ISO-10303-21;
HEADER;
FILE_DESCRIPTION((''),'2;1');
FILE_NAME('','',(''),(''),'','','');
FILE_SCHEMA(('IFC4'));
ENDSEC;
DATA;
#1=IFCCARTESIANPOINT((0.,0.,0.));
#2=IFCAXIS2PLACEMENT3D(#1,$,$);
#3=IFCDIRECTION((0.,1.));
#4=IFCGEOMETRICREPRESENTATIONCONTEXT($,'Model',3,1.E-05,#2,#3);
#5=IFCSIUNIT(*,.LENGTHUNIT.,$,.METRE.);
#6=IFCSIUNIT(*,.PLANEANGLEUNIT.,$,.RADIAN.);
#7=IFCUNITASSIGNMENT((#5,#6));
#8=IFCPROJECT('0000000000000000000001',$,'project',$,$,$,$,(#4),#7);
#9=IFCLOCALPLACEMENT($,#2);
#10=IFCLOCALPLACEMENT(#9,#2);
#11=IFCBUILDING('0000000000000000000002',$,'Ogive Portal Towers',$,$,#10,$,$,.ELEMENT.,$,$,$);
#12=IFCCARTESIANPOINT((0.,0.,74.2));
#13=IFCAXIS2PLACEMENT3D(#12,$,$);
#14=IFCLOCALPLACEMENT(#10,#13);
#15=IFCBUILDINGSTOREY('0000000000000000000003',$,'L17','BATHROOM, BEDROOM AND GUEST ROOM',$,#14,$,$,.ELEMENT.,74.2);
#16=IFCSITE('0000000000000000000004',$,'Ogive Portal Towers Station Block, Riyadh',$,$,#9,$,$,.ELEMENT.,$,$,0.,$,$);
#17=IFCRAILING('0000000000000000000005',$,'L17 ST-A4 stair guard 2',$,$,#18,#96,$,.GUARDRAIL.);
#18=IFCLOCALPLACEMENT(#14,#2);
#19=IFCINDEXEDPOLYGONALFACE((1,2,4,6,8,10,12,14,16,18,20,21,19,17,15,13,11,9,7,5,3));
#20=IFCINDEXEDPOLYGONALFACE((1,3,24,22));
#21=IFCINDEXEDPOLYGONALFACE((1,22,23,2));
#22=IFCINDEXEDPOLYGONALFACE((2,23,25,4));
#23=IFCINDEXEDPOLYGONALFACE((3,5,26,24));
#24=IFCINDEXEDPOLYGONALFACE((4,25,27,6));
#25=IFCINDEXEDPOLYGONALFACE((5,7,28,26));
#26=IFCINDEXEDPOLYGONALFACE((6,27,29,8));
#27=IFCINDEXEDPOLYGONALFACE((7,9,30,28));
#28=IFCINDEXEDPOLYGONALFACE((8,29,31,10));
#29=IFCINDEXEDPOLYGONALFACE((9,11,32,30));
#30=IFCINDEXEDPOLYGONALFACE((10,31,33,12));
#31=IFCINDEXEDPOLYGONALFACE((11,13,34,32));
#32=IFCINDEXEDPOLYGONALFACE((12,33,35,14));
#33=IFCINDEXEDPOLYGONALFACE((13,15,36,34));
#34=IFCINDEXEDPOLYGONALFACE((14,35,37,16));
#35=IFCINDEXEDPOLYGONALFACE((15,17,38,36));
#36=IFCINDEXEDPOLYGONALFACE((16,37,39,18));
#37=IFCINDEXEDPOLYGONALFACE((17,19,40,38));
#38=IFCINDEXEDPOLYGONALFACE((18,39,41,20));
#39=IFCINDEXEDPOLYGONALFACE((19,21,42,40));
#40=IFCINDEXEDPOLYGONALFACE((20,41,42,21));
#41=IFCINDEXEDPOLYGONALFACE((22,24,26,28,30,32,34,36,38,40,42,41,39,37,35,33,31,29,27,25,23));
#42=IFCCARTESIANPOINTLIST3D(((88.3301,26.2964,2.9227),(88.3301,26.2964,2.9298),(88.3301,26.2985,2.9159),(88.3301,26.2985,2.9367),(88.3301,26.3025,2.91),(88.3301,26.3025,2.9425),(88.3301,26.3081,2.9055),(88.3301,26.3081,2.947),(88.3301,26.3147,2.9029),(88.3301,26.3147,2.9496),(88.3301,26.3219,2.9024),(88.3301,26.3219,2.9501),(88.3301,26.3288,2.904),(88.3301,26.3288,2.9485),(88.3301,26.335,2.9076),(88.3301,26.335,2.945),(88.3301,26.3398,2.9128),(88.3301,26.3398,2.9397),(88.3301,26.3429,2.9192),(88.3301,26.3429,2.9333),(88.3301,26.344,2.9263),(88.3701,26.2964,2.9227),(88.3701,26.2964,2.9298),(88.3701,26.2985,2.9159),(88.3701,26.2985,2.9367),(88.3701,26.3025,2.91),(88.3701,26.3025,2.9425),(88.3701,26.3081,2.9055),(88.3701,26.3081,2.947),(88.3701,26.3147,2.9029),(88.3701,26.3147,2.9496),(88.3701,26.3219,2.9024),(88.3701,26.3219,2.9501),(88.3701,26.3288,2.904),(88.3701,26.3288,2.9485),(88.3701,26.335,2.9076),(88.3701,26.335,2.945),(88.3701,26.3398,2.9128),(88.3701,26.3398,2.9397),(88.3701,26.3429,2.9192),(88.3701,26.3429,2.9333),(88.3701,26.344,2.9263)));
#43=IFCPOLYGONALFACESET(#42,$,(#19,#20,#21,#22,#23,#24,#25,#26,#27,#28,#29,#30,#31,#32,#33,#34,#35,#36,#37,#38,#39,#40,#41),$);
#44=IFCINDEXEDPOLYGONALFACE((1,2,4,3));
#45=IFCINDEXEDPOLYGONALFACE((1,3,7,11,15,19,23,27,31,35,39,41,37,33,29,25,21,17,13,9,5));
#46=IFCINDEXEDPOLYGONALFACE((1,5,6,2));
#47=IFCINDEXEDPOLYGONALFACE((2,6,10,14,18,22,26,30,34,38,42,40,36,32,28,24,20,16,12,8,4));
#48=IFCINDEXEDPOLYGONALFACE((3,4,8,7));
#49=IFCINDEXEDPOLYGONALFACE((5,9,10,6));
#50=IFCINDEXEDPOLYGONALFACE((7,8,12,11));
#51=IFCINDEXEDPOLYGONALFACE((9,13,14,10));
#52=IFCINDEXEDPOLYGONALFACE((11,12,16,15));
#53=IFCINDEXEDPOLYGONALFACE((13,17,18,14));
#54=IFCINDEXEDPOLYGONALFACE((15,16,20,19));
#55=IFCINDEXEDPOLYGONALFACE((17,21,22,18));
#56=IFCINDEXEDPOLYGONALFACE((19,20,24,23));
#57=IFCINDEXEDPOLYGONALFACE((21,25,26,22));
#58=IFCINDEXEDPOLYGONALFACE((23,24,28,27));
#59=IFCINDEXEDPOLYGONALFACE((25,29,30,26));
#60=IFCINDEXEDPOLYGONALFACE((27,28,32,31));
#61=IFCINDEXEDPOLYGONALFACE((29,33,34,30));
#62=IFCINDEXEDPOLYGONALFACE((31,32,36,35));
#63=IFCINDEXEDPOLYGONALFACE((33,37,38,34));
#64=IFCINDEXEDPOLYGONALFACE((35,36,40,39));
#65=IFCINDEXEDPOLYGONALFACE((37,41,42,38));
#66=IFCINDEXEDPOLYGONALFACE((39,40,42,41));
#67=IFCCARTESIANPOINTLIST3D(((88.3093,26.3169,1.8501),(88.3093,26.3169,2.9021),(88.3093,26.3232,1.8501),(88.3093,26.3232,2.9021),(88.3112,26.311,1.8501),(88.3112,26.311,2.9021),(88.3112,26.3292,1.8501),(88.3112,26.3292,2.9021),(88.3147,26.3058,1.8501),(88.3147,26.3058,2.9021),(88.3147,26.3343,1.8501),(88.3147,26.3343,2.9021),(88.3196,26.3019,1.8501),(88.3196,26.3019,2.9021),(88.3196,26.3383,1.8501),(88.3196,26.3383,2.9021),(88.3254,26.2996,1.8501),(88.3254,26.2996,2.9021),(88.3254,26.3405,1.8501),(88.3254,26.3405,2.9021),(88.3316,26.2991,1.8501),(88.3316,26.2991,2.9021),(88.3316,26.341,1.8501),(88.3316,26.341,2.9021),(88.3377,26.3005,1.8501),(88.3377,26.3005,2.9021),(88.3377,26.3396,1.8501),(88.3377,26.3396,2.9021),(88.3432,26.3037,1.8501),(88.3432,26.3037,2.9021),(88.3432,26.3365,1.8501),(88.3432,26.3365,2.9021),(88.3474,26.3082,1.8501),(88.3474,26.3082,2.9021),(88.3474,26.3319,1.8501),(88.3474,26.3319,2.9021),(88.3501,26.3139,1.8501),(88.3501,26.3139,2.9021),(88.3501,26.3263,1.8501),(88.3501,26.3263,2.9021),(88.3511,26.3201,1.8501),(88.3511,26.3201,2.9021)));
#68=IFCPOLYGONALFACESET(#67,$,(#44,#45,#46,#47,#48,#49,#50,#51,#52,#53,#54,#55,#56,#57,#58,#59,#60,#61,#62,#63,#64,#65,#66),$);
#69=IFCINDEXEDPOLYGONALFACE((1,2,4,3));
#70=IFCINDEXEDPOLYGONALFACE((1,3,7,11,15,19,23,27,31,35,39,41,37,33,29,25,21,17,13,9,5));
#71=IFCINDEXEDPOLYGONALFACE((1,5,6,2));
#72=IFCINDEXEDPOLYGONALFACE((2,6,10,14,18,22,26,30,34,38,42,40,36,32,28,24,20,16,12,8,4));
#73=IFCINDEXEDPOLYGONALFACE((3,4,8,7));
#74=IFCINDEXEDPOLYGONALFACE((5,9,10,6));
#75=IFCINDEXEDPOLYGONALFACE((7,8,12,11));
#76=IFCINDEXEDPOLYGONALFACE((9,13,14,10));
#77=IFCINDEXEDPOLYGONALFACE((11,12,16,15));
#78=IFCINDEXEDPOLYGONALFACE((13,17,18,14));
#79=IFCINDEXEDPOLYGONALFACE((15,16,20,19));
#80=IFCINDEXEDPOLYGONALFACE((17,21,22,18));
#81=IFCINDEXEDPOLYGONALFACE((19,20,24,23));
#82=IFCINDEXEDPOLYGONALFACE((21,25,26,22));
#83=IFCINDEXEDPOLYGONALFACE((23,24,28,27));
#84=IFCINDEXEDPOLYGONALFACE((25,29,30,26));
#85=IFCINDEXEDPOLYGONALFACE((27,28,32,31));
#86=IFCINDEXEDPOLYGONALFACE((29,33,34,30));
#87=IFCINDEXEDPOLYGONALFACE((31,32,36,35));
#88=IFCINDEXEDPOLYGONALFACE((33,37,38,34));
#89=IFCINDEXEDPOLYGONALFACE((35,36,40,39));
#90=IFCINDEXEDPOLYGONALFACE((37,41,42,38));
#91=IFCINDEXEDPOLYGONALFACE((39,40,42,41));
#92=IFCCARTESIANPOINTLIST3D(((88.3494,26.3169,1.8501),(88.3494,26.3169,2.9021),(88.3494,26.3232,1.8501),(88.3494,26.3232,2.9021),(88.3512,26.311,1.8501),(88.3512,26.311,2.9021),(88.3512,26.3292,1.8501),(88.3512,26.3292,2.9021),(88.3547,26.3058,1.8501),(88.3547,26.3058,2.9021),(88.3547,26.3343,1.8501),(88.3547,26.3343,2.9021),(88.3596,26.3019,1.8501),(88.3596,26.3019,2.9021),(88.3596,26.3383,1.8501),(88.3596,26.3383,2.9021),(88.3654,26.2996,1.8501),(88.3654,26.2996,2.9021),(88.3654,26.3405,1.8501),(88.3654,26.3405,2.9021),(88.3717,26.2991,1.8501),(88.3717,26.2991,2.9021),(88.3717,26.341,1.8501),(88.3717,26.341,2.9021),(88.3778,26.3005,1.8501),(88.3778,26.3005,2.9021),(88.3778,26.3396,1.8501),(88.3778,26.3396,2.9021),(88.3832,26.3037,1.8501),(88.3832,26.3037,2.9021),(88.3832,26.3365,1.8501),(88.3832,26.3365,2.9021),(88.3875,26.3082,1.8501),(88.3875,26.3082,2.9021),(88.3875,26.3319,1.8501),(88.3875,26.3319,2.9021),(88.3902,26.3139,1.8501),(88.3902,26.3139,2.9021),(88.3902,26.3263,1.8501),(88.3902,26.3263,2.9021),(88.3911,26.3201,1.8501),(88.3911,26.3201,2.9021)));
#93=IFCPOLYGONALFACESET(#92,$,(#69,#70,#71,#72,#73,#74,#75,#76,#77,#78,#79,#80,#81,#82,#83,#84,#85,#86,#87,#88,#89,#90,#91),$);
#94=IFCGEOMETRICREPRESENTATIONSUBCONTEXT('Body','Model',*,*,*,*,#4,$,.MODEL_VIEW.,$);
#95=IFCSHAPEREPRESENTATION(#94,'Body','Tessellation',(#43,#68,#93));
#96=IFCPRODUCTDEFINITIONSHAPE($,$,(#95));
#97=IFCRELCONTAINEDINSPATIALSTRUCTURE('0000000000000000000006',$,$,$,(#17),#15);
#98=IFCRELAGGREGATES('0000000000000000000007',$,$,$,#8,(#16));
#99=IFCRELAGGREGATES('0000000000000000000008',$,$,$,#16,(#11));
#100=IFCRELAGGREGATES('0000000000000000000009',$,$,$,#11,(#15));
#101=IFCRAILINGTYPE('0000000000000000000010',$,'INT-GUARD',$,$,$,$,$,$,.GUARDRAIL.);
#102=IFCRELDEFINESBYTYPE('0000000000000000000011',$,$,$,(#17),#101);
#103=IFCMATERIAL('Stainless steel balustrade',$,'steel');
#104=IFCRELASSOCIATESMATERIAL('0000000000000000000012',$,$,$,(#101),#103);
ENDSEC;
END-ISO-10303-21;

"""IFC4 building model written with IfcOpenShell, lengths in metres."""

from ifc_helpers import new_model, si_unit, direction, frame, origin, origin_2d, place, context, subcontext, project, spatial, circle, extrude, material, type_object, element, save


model = new_model("IFC4")

# Units and contexts
model_context = context("Model", 3, precision=1e-05, world=origin(), true_north=direction((0.0, 1.0)))
body_context = subcontext(model_context, "Body", "Model", "MODEL_VIEW")
ifc_project = project(units=[si_unit("LENGTHUNIT", "METRE"), si_unit("PLANEANGLEUNIT", "RADIAN")], contexts=[model_context])

# Site, building, storey
site_placement = place(None, origin())
site = spatial("IfcSite", under=ifc_project, at=site_placement, Name="Ogive Portal Towers Station Block, Riyadh", CompositionType="ELEMENT", RefElevation=0.0)
building_placement = place(site_placement, origin())
building = spatial("IfcBuilding", under=site, at=building_placement, Name="Ogive Portal Towers", CompositionType="ELEMENT")
storey_placement = place(building_placement, frame((0.0, 0.0, 74.2)))
storey = spatial("IfcBuildingStorey", under=building, at=storey_placement, Name="L17", Description="BATHROOM, BEDROOM AND GUEST ROOM", CompositionType="ELEMENT", Elevation=74.2)

# Railing
ifc_material_1 = material(Name="Stainless steel balustrade", Category="steel")
railing_type_1 = type_object("IfcRailingType", Name="INT-GUARD", PredefinedType="GUARDRAIL", material=ifc_material_1)
railing_1_placement = place(storey_placement, frame((88.3301, 26.3201, 1.8501)))
element("IfcRailing", 1, at=railing_1_placement, inside=storey, type_object=railing_type_1, Name="L17 ST-A4 stair guard 2", PredefinedType="GUARDRAIL", context=body_context, shape_type="SweptSolid", body=[
    extrude(circle(Radius=0.0239, at=origin_2d()), frame((0.0, 0.0, 1.0762), z_axis=(1.0, 0.0, 0.0), x_axis=(0.0, 1.0, 0.0)), (0.0, 0.0, 1.0), 0.04),
    extrude(circle(Radius=0.021, at=origin_2d()), origin(), (0.0, 0.0, 1.0), 1.052),
    extrude(circle(Radius=0.021, at=origin_2d()), frame((0.04, 0.0, 0.0)), (0.0, 0.0, 1.0), 1.052),
])

save(model, "model.ifc")
